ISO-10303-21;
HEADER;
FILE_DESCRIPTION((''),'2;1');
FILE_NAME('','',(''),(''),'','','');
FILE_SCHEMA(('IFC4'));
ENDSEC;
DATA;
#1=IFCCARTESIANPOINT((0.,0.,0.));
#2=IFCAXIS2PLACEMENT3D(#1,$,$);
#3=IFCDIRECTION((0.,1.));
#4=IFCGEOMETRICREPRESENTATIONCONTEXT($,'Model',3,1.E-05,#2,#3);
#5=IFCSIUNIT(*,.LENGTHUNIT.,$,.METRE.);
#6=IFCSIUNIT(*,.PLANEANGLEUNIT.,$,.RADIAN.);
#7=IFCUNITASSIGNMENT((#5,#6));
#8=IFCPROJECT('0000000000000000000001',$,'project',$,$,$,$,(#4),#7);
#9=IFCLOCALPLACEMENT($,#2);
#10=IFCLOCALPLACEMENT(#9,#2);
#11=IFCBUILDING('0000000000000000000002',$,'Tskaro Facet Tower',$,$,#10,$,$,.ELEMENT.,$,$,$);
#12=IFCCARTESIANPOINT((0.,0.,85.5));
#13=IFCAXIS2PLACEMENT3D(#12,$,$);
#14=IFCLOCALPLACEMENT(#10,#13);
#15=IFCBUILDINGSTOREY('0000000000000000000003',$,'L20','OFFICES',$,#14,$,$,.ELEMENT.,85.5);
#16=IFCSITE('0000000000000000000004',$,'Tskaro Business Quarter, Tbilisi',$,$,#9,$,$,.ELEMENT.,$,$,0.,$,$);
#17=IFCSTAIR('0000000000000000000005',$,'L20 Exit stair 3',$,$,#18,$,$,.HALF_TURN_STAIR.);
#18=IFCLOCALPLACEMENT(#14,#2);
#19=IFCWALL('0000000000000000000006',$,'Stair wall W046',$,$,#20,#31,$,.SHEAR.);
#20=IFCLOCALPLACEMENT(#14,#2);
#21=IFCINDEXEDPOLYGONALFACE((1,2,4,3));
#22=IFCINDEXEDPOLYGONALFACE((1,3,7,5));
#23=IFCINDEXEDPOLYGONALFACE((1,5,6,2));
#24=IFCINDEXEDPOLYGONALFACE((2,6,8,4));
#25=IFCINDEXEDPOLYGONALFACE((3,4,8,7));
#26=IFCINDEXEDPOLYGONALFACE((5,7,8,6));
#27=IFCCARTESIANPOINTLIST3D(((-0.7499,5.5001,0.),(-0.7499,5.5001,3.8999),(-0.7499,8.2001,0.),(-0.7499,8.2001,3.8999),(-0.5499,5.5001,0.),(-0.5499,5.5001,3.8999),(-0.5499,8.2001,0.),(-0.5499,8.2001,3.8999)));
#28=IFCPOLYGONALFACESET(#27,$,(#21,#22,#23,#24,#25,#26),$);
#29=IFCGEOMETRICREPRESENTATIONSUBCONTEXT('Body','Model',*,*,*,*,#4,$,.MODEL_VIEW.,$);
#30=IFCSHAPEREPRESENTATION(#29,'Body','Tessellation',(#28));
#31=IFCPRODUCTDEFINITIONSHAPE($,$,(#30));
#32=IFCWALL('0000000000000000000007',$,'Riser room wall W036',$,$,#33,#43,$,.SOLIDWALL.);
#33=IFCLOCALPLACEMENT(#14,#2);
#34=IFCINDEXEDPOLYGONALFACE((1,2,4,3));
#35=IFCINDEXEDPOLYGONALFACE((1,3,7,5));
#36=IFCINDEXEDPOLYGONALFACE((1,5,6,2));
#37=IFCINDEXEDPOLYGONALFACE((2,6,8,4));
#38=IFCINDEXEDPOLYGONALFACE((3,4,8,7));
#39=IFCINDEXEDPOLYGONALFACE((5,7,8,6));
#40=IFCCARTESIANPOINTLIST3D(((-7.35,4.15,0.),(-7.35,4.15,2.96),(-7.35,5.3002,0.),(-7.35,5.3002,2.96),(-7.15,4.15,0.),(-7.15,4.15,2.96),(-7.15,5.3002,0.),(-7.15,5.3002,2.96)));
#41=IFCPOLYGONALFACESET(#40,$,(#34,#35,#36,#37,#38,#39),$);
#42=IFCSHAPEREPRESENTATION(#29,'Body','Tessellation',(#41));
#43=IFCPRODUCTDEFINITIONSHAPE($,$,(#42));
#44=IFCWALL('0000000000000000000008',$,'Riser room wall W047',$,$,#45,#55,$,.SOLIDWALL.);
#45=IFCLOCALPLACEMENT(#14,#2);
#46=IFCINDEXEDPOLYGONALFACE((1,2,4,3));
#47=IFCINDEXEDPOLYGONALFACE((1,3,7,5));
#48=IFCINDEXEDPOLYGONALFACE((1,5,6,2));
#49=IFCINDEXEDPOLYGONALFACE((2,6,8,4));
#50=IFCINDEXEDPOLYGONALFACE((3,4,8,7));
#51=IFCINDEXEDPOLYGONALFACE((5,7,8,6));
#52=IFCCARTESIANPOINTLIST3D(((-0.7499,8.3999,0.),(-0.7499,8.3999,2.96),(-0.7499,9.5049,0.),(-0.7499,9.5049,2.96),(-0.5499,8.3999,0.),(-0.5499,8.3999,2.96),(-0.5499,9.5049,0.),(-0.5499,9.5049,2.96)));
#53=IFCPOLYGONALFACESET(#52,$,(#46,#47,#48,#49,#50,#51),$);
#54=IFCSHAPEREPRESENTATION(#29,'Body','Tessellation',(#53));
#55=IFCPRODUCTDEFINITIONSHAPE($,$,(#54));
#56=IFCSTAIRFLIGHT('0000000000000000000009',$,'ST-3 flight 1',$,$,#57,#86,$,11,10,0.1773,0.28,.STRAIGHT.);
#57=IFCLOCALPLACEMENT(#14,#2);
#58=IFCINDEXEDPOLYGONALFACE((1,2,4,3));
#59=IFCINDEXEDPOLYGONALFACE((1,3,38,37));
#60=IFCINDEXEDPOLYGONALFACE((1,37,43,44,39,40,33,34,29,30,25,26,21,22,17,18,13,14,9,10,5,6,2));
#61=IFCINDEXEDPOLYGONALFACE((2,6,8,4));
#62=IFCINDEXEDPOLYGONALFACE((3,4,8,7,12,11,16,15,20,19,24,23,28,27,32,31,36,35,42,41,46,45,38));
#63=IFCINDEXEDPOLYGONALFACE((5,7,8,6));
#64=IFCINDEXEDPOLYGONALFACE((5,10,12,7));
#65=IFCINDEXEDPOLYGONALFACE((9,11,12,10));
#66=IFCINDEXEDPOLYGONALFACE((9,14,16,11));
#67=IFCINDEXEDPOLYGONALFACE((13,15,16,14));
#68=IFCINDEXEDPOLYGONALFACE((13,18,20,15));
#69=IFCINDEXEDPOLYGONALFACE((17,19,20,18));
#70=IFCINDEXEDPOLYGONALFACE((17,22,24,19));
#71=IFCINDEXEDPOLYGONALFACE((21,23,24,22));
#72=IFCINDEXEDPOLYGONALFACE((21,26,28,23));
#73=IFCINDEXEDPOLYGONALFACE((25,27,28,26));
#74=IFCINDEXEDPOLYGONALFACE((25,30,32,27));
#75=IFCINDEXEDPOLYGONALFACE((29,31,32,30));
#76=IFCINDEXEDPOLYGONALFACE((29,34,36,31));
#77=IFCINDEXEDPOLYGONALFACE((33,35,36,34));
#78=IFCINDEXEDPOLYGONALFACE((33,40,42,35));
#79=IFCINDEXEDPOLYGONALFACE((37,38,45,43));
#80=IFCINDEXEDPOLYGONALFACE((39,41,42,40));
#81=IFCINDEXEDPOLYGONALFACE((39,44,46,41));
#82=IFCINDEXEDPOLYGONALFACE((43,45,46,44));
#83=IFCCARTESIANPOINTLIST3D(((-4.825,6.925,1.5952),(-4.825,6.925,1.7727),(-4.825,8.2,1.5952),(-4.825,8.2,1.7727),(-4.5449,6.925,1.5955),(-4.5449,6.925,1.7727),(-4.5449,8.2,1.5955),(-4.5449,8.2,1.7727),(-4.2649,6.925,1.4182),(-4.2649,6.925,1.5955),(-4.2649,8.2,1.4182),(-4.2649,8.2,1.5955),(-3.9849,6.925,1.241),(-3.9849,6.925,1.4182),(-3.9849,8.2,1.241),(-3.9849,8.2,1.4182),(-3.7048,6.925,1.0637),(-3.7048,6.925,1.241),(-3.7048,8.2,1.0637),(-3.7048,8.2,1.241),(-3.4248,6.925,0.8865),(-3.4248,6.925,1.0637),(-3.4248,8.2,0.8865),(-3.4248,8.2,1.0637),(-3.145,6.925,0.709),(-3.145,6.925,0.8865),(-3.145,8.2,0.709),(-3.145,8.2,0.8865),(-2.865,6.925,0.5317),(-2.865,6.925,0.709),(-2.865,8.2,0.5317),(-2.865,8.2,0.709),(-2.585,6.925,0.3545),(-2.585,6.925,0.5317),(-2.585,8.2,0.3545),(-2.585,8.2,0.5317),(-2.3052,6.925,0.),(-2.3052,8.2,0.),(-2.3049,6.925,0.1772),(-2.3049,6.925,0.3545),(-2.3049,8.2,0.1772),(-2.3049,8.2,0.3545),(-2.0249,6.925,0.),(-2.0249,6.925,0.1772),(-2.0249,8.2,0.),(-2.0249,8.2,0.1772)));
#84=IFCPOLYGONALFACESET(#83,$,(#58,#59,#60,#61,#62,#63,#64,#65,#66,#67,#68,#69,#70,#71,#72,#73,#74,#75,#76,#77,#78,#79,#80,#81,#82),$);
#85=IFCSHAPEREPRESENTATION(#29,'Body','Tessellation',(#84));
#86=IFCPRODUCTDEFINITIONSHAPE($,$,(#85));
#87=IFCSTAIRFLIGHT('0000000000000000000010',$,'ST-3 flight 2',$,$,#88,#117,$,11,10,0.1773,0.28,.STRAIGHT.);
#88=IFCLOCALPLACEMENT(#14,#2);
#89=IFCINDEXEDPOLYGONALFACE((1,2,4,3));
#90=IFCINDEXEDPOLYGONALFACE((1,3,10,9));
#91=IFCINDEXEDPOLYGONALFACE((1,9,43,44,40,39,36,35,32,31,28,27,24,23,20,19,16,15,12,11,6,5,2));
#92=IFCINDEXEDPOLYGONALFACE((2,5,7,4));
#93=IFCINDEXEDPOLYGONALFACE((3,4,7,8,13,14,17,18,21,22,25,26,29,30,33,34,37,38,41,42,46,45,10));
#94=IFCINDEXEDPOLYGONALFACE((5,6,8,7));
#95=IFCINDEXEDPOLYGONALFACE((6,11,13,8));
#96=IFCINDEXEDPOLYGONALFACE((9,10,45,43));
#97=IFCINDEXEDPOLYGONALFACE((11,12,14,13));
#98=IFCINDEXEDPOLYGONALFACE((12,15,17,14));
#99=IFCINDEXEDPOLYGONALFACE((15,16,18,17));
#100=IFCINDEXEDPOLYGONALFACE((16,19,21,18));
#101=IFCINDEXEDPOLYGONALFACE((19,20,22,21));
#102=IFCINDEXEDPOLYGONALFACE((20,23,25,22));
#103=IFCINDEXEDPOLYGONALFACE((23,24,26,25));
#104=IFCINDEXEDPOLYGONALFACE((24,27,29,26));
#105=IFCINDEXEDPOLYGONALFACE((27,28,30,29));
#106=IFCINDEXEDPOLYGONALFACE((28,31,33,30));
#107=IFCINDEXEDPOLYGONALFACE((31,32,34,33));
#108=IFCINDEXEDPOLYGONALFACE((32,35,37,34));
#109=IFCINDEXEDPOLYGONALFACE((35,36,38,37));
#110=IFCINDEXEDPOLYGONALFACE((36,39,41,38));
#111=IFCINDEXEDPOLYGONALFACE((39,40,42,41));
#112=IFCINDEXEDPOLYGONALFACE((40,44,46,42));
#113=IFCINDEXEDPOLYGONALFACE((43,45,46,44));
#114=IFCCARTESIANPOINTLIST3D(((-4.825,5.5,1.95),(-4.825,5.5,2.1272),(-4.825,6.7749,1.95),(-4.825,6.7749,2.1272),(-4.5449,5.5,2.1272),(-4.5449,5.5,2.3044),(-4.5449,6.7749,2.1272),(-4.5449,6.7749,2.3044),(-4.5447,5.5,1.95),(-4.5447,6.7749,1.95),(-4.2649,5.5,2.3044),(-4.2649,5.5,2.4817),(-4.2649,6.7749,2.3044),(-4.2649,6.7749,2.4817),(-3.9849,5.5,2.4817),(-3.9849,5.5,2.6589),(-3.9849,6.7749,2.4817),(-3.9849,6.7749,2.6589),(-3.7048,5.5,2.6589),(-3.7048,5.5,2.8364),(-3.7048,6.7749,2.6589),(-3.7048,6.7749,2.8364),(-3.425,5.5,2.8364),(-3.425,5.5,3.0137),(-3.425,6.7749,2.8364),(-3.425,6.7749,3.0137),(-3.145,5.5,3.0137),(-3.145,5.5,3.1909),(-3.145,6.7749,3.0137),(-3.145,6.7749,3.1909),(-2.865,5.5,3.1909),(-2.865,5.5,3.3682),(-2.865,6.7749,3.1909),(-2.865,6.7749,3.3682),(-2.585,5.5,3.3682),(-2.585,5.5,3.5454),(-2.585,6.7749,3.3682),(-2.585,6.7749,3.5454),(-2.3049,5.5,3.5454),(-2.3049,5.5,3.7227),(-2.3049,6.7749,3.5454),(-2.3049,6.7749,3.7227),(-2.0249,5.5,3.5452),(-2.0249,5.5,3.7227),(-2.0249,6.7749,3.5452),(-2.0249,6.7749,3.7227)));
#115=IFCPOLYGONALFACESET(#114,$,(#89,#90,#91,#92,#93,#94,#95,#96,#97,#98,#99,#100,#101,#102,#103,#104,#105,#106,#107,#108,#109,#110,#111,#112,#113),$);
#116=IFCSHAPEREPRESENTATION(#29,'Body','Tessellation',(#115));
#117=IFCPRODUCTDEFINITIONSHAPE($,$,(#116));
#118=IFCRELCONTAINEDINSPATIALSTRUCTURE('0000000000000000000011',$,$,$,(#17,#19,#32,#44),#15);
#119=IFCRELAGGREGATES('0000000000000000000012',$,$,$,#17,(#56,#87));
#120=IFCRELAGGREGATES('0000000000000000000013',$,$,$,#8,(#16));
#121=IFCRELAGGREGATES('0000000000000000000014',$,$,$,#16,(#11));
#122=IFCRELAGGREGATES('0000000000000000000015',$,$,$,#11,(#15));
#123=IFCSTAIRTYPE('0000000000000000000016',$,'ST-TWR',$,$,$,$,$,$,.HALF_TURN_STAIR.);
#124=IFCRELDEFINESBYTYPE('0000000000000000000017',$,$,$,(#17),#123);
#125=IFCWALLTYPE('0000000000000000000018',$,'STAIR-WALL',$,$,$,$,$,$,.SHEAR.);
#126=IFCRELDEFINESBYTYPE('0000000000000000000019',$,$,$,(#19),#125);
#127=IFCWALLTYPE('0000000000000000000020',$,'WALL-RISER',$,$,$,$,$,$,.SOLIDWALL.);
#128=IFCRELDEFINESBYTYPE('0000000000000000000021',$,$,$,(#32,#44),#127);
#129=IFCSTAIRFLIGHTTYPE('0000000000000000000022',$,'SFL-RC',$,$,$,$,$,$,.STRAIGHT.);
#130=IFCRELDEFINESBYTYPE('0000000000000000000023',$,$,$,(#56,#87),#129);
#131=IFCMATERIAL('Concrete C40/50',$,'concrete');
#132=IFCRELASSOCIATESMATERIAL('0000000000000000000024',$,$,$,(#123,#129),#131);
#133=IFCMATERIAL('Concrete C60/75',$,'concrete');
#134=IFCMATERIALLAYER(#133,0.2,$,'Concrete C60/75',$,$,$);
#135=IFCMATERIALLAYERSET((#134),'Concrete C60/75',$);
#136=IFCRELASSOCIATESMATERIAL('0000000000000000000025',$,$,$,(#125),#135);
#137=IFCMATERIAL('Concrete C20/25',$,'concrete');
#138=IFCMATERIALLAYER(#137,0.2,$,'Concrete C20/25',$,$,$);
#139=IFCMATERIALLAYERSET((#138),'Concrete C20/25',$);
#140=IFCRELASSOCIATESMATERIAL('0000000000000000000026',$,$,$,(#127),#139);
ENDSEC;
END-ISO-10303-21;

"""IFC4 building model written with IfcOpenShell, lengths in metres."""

from ifc_helpers import new_model, si_unit, direction, frame, frame_2d, origin, place, context, subcontext, project, spatial, polyline, rectangle, outline, extrude, material, layer, layer_set, type_object, element, aggregate, save


model = new_model("IFC4")

# Units and contexts
model_context = context("Model", 3, precision=1e-05, world=origin(), true_north=direction((0.0, 1.0)))
body_context = subcontext(model_context, "Body", "Model", "MODEL_VIEW")
ifc_project = project(units=[si_unit("LENGTHUNIT", "METRE"), si_unit("PLANEANGLEUNIT", "RADIAN")], contexts=[model_context])

# Site, building, storey
site_placement = place(None, origin())
site = spatial("IfcSite", under=ifc_project, at=site_placement, Name="Tskaro Business Quarter, Tbilisi", CompositionType="ELEMENT", RefElevation=0.0)
building_placement = place(site_placement, origin())
building = spatial("IfcBuilding", under=site, at=building_placement, Name="Tskaro Facet Tower", CompositionType="ELEMENT")
storey_placement = place(building_placement, frame((0.0, 0.0, 85.5)))
storey = spatial("IfcBuildingStorey", under=building, at=storey_placement, Name="L20", Description="OFFICES", CompositionType="ELEMENT", Elevation=85.5)

# Stair
ifc_material_1 = material(Name="Concrete C40/50", Category="concrete")
stair_type = type_object("IfcStairType", Name="ST-TWR", PredefinedType="HALF_TURN_STAIR", material=ifc_material_1)
stair_1_placement = place(storey_placement, origin())
stair_1 = element("IfcStair", 1, at=stair_1_placement, inside=storey, type_object=stair_type, Name="L20 Exit stair 3", PredefinedType="HALF_TURN_STAIR")

# Shared definitions
ifc_material_2 = material(Name="Concrete C20/25", Category="concrete")

# Shared definitions
ifc_material_3 = material(Name="Concrete C60/75", Category="concrete")
ifc_layer_1 = layer(ifc_material_3, 0.2, Name="Concrete C60/75")
ifc_layer_set_1 = layer_set([ifc_layer_1], Name="Concrete C60/75")
wall_type_1 = type_object("IfcWallType", Name="STAIR-WALL", PredefinedType="SHEAR", material=ifc_layer_set_1)

# Walls
for number, where, z_axis, x_axis, name in (
    (2, (-0.6499, 5.5, 0.0), (0.0, 0.0, 1.0), (0.0, 1.0, 0.0), "Stair wall W046"),
):
    element("IfcWall", number, at=place(storey_placement, frame(where, z_axis=z_axis, x_axis=x_axis)), inside=storey, type_object=wall_type_1, Name=name, PredefinedType="SHEAR", context=body_context, shape_type="SweptSolid", body=[
        extrude(rectangle(XDim=2.7, YDim=0.2, at=frame_2d((1.3501, 0.0))), origin(), (0.0, 0.0, 1.0), 3.8999),
    ])
ifc_layer_2 = layer(ifc_material_2, 0.2, Name="Concrete C20/25")
ifc_layer_set_2 = layer_set([ifc_layer_2], Name="Concrete C20/25")
wall_type_2 = type_object("IfcWallType", Name="WALL-RISER", PredefinedType="SOLIDWALL", material=ifc_layer_set_2)
wall_1_placement = place(storey_placement, frame((-7.25, 4.1499, 0.0), z_axis=(0.0, 0.0, 1.0), x_axis=(0.0, 1.0, 0.0)))
element("IfcWall", 3, at=wall_1_placement, inside=storey, type_object=wall_type_2, Name="Riser room wall W036", PredefinedType="SOLIDWALL", context=body_context, shape_type="SweptSolid", body=[
    extrude(rectangle(XDim=1.1501, YDim=0.2, at=frame_2d((0.5752, 0.0))), origin(), (0.0, 0.0, 1.0), 2.96),
])
wall_2_placement = place(storey_placement, frame((-0.6499, 8.3999, 0.0), z_axis=(0.0, 0.0, 1.0), x_axis=(0.0, 1.0, 0.0)))
element("IfcWall", 4, at=wall_2_placement, inside=storey, type_object=wall_type_2, Name="Riser room wall W047", PredefinedType="SOLIDWALL", context=body_context, shape_type="SweptSolid", body=[
    extrude(rectangle(XDim=1.105, YDim=0.2, at=frame_2d((0.5525, 0.0))), origin(), (0.0, 0.0, 1.0), 2.96),
])

# Stair flights
stair_flight_type = type_object("IfcStairFlightType", Name="SFL-RC", PredefinedType="STRAIGHT", material=ifc_material_1)
stair_flight_1_placement = place(storey_placement, frame((-2.0249, 7.5625, 0.0), z_axis=(0.0, 0.0, 1.0), x_axis=(-1.0, 0.0, 0.0)))
stair_flight_1 = element("IfcStairFlight", 5, at=stair_flight_1_placement, type_object=stair_flight_type, Name="ST-3 flight 1", NumberOfRisers=11, NumberOfTreads=10, PredefinedType="STRAIGHT", RiserHeight=0.1773, TreadLength=0.28, context=body_context, shape_type="SweptSolid", body=[
    extrude(outline(polyline([(0.0, 0.0), (0.0, 0.1772), (0.28, 0.1772), (0.28, 0.3545), (0.5601, 0.3545), (0.5601, 0.5317), (0.8401, 0.5317), (0.8401, 0.709), (1.1201, 0.709), (1.1201, 0.8865), (1.3999, 0.8865), (1.3999, 1.0637), (1.6799, 1.0637), (1.6799, 1.241), (1.96, 1.241), (1.96, 1.4182), (2.24, 1.4182), (2.24, 1.5955), (2.52, 1.5955), (2.52, 1.7727), (2.8, 1.7727), (2.8, 1.95), (2.8, 1.5952), (0.2803, 0.0), (0.0, 0.0)])), frame((0.0, 0.6375, 0.0), z_axis=(0.0, -1.0, 0.0), x_axis=(1.0, 0.0, 0.0)), (0.0, 0.0, 1.0), 1.2749),
])
stair_flight_2_placement = place(storey_placement, frame((-4.825, 6.1375, 1.95), z_axis=(0.0, 0.0, 1.0), x_axis=(1.0, 0.0, 0.0)))
stair_flight_2 = element("IfcStairFlight", 6, at=stair_flight_2_placement, type_object=stair_flight_type, Name="ST-3 flight 2", NumberOfRisers=11, NumberOfTreads=10, PredefinedType="STRAIGHT", RiserHeight=0.1773, TreadLength=0.28, context=body_context, shape_type="SweptSolid", body=[
    extrude(outline(polyline([(0.0, 0.0), (0.0, 0.1772), (0.28, 0.1772), (0.28, 0.3545), (0.5601, 0.3545), (0.5601, 0.5317), (0.8401, 0.5317), (0.8401, 0.709), (1.1201, 0.709), (1.1201, 0.8865), (1.3999, 0.8865), (1.3999, 1.0637), (1.6799, 1.0637), (1.6799, 1.241), (1.96, 1.241), (1.96, 1.4182), (2.24, 1.4182), (2.24, 1.5955), (2.52, 1.5955), (2.52, 1.7727), (2.8, 1.7727), (2.8, 1.95), (2.8, 1.5952), (0.2803, 0.0), (0.0, 0.0)])), frame((0.0, 0.6375, 0.0), z_axis=(0.0, -1.0, 0.0), x_axis=(1.0, 0.0, 0.0)), (0.0, 0.0, 1.0), 1.2749),
])
aggregate(stair_1, [stair_flight_1, stair_flight_2])

save(model, "model.ifc")
